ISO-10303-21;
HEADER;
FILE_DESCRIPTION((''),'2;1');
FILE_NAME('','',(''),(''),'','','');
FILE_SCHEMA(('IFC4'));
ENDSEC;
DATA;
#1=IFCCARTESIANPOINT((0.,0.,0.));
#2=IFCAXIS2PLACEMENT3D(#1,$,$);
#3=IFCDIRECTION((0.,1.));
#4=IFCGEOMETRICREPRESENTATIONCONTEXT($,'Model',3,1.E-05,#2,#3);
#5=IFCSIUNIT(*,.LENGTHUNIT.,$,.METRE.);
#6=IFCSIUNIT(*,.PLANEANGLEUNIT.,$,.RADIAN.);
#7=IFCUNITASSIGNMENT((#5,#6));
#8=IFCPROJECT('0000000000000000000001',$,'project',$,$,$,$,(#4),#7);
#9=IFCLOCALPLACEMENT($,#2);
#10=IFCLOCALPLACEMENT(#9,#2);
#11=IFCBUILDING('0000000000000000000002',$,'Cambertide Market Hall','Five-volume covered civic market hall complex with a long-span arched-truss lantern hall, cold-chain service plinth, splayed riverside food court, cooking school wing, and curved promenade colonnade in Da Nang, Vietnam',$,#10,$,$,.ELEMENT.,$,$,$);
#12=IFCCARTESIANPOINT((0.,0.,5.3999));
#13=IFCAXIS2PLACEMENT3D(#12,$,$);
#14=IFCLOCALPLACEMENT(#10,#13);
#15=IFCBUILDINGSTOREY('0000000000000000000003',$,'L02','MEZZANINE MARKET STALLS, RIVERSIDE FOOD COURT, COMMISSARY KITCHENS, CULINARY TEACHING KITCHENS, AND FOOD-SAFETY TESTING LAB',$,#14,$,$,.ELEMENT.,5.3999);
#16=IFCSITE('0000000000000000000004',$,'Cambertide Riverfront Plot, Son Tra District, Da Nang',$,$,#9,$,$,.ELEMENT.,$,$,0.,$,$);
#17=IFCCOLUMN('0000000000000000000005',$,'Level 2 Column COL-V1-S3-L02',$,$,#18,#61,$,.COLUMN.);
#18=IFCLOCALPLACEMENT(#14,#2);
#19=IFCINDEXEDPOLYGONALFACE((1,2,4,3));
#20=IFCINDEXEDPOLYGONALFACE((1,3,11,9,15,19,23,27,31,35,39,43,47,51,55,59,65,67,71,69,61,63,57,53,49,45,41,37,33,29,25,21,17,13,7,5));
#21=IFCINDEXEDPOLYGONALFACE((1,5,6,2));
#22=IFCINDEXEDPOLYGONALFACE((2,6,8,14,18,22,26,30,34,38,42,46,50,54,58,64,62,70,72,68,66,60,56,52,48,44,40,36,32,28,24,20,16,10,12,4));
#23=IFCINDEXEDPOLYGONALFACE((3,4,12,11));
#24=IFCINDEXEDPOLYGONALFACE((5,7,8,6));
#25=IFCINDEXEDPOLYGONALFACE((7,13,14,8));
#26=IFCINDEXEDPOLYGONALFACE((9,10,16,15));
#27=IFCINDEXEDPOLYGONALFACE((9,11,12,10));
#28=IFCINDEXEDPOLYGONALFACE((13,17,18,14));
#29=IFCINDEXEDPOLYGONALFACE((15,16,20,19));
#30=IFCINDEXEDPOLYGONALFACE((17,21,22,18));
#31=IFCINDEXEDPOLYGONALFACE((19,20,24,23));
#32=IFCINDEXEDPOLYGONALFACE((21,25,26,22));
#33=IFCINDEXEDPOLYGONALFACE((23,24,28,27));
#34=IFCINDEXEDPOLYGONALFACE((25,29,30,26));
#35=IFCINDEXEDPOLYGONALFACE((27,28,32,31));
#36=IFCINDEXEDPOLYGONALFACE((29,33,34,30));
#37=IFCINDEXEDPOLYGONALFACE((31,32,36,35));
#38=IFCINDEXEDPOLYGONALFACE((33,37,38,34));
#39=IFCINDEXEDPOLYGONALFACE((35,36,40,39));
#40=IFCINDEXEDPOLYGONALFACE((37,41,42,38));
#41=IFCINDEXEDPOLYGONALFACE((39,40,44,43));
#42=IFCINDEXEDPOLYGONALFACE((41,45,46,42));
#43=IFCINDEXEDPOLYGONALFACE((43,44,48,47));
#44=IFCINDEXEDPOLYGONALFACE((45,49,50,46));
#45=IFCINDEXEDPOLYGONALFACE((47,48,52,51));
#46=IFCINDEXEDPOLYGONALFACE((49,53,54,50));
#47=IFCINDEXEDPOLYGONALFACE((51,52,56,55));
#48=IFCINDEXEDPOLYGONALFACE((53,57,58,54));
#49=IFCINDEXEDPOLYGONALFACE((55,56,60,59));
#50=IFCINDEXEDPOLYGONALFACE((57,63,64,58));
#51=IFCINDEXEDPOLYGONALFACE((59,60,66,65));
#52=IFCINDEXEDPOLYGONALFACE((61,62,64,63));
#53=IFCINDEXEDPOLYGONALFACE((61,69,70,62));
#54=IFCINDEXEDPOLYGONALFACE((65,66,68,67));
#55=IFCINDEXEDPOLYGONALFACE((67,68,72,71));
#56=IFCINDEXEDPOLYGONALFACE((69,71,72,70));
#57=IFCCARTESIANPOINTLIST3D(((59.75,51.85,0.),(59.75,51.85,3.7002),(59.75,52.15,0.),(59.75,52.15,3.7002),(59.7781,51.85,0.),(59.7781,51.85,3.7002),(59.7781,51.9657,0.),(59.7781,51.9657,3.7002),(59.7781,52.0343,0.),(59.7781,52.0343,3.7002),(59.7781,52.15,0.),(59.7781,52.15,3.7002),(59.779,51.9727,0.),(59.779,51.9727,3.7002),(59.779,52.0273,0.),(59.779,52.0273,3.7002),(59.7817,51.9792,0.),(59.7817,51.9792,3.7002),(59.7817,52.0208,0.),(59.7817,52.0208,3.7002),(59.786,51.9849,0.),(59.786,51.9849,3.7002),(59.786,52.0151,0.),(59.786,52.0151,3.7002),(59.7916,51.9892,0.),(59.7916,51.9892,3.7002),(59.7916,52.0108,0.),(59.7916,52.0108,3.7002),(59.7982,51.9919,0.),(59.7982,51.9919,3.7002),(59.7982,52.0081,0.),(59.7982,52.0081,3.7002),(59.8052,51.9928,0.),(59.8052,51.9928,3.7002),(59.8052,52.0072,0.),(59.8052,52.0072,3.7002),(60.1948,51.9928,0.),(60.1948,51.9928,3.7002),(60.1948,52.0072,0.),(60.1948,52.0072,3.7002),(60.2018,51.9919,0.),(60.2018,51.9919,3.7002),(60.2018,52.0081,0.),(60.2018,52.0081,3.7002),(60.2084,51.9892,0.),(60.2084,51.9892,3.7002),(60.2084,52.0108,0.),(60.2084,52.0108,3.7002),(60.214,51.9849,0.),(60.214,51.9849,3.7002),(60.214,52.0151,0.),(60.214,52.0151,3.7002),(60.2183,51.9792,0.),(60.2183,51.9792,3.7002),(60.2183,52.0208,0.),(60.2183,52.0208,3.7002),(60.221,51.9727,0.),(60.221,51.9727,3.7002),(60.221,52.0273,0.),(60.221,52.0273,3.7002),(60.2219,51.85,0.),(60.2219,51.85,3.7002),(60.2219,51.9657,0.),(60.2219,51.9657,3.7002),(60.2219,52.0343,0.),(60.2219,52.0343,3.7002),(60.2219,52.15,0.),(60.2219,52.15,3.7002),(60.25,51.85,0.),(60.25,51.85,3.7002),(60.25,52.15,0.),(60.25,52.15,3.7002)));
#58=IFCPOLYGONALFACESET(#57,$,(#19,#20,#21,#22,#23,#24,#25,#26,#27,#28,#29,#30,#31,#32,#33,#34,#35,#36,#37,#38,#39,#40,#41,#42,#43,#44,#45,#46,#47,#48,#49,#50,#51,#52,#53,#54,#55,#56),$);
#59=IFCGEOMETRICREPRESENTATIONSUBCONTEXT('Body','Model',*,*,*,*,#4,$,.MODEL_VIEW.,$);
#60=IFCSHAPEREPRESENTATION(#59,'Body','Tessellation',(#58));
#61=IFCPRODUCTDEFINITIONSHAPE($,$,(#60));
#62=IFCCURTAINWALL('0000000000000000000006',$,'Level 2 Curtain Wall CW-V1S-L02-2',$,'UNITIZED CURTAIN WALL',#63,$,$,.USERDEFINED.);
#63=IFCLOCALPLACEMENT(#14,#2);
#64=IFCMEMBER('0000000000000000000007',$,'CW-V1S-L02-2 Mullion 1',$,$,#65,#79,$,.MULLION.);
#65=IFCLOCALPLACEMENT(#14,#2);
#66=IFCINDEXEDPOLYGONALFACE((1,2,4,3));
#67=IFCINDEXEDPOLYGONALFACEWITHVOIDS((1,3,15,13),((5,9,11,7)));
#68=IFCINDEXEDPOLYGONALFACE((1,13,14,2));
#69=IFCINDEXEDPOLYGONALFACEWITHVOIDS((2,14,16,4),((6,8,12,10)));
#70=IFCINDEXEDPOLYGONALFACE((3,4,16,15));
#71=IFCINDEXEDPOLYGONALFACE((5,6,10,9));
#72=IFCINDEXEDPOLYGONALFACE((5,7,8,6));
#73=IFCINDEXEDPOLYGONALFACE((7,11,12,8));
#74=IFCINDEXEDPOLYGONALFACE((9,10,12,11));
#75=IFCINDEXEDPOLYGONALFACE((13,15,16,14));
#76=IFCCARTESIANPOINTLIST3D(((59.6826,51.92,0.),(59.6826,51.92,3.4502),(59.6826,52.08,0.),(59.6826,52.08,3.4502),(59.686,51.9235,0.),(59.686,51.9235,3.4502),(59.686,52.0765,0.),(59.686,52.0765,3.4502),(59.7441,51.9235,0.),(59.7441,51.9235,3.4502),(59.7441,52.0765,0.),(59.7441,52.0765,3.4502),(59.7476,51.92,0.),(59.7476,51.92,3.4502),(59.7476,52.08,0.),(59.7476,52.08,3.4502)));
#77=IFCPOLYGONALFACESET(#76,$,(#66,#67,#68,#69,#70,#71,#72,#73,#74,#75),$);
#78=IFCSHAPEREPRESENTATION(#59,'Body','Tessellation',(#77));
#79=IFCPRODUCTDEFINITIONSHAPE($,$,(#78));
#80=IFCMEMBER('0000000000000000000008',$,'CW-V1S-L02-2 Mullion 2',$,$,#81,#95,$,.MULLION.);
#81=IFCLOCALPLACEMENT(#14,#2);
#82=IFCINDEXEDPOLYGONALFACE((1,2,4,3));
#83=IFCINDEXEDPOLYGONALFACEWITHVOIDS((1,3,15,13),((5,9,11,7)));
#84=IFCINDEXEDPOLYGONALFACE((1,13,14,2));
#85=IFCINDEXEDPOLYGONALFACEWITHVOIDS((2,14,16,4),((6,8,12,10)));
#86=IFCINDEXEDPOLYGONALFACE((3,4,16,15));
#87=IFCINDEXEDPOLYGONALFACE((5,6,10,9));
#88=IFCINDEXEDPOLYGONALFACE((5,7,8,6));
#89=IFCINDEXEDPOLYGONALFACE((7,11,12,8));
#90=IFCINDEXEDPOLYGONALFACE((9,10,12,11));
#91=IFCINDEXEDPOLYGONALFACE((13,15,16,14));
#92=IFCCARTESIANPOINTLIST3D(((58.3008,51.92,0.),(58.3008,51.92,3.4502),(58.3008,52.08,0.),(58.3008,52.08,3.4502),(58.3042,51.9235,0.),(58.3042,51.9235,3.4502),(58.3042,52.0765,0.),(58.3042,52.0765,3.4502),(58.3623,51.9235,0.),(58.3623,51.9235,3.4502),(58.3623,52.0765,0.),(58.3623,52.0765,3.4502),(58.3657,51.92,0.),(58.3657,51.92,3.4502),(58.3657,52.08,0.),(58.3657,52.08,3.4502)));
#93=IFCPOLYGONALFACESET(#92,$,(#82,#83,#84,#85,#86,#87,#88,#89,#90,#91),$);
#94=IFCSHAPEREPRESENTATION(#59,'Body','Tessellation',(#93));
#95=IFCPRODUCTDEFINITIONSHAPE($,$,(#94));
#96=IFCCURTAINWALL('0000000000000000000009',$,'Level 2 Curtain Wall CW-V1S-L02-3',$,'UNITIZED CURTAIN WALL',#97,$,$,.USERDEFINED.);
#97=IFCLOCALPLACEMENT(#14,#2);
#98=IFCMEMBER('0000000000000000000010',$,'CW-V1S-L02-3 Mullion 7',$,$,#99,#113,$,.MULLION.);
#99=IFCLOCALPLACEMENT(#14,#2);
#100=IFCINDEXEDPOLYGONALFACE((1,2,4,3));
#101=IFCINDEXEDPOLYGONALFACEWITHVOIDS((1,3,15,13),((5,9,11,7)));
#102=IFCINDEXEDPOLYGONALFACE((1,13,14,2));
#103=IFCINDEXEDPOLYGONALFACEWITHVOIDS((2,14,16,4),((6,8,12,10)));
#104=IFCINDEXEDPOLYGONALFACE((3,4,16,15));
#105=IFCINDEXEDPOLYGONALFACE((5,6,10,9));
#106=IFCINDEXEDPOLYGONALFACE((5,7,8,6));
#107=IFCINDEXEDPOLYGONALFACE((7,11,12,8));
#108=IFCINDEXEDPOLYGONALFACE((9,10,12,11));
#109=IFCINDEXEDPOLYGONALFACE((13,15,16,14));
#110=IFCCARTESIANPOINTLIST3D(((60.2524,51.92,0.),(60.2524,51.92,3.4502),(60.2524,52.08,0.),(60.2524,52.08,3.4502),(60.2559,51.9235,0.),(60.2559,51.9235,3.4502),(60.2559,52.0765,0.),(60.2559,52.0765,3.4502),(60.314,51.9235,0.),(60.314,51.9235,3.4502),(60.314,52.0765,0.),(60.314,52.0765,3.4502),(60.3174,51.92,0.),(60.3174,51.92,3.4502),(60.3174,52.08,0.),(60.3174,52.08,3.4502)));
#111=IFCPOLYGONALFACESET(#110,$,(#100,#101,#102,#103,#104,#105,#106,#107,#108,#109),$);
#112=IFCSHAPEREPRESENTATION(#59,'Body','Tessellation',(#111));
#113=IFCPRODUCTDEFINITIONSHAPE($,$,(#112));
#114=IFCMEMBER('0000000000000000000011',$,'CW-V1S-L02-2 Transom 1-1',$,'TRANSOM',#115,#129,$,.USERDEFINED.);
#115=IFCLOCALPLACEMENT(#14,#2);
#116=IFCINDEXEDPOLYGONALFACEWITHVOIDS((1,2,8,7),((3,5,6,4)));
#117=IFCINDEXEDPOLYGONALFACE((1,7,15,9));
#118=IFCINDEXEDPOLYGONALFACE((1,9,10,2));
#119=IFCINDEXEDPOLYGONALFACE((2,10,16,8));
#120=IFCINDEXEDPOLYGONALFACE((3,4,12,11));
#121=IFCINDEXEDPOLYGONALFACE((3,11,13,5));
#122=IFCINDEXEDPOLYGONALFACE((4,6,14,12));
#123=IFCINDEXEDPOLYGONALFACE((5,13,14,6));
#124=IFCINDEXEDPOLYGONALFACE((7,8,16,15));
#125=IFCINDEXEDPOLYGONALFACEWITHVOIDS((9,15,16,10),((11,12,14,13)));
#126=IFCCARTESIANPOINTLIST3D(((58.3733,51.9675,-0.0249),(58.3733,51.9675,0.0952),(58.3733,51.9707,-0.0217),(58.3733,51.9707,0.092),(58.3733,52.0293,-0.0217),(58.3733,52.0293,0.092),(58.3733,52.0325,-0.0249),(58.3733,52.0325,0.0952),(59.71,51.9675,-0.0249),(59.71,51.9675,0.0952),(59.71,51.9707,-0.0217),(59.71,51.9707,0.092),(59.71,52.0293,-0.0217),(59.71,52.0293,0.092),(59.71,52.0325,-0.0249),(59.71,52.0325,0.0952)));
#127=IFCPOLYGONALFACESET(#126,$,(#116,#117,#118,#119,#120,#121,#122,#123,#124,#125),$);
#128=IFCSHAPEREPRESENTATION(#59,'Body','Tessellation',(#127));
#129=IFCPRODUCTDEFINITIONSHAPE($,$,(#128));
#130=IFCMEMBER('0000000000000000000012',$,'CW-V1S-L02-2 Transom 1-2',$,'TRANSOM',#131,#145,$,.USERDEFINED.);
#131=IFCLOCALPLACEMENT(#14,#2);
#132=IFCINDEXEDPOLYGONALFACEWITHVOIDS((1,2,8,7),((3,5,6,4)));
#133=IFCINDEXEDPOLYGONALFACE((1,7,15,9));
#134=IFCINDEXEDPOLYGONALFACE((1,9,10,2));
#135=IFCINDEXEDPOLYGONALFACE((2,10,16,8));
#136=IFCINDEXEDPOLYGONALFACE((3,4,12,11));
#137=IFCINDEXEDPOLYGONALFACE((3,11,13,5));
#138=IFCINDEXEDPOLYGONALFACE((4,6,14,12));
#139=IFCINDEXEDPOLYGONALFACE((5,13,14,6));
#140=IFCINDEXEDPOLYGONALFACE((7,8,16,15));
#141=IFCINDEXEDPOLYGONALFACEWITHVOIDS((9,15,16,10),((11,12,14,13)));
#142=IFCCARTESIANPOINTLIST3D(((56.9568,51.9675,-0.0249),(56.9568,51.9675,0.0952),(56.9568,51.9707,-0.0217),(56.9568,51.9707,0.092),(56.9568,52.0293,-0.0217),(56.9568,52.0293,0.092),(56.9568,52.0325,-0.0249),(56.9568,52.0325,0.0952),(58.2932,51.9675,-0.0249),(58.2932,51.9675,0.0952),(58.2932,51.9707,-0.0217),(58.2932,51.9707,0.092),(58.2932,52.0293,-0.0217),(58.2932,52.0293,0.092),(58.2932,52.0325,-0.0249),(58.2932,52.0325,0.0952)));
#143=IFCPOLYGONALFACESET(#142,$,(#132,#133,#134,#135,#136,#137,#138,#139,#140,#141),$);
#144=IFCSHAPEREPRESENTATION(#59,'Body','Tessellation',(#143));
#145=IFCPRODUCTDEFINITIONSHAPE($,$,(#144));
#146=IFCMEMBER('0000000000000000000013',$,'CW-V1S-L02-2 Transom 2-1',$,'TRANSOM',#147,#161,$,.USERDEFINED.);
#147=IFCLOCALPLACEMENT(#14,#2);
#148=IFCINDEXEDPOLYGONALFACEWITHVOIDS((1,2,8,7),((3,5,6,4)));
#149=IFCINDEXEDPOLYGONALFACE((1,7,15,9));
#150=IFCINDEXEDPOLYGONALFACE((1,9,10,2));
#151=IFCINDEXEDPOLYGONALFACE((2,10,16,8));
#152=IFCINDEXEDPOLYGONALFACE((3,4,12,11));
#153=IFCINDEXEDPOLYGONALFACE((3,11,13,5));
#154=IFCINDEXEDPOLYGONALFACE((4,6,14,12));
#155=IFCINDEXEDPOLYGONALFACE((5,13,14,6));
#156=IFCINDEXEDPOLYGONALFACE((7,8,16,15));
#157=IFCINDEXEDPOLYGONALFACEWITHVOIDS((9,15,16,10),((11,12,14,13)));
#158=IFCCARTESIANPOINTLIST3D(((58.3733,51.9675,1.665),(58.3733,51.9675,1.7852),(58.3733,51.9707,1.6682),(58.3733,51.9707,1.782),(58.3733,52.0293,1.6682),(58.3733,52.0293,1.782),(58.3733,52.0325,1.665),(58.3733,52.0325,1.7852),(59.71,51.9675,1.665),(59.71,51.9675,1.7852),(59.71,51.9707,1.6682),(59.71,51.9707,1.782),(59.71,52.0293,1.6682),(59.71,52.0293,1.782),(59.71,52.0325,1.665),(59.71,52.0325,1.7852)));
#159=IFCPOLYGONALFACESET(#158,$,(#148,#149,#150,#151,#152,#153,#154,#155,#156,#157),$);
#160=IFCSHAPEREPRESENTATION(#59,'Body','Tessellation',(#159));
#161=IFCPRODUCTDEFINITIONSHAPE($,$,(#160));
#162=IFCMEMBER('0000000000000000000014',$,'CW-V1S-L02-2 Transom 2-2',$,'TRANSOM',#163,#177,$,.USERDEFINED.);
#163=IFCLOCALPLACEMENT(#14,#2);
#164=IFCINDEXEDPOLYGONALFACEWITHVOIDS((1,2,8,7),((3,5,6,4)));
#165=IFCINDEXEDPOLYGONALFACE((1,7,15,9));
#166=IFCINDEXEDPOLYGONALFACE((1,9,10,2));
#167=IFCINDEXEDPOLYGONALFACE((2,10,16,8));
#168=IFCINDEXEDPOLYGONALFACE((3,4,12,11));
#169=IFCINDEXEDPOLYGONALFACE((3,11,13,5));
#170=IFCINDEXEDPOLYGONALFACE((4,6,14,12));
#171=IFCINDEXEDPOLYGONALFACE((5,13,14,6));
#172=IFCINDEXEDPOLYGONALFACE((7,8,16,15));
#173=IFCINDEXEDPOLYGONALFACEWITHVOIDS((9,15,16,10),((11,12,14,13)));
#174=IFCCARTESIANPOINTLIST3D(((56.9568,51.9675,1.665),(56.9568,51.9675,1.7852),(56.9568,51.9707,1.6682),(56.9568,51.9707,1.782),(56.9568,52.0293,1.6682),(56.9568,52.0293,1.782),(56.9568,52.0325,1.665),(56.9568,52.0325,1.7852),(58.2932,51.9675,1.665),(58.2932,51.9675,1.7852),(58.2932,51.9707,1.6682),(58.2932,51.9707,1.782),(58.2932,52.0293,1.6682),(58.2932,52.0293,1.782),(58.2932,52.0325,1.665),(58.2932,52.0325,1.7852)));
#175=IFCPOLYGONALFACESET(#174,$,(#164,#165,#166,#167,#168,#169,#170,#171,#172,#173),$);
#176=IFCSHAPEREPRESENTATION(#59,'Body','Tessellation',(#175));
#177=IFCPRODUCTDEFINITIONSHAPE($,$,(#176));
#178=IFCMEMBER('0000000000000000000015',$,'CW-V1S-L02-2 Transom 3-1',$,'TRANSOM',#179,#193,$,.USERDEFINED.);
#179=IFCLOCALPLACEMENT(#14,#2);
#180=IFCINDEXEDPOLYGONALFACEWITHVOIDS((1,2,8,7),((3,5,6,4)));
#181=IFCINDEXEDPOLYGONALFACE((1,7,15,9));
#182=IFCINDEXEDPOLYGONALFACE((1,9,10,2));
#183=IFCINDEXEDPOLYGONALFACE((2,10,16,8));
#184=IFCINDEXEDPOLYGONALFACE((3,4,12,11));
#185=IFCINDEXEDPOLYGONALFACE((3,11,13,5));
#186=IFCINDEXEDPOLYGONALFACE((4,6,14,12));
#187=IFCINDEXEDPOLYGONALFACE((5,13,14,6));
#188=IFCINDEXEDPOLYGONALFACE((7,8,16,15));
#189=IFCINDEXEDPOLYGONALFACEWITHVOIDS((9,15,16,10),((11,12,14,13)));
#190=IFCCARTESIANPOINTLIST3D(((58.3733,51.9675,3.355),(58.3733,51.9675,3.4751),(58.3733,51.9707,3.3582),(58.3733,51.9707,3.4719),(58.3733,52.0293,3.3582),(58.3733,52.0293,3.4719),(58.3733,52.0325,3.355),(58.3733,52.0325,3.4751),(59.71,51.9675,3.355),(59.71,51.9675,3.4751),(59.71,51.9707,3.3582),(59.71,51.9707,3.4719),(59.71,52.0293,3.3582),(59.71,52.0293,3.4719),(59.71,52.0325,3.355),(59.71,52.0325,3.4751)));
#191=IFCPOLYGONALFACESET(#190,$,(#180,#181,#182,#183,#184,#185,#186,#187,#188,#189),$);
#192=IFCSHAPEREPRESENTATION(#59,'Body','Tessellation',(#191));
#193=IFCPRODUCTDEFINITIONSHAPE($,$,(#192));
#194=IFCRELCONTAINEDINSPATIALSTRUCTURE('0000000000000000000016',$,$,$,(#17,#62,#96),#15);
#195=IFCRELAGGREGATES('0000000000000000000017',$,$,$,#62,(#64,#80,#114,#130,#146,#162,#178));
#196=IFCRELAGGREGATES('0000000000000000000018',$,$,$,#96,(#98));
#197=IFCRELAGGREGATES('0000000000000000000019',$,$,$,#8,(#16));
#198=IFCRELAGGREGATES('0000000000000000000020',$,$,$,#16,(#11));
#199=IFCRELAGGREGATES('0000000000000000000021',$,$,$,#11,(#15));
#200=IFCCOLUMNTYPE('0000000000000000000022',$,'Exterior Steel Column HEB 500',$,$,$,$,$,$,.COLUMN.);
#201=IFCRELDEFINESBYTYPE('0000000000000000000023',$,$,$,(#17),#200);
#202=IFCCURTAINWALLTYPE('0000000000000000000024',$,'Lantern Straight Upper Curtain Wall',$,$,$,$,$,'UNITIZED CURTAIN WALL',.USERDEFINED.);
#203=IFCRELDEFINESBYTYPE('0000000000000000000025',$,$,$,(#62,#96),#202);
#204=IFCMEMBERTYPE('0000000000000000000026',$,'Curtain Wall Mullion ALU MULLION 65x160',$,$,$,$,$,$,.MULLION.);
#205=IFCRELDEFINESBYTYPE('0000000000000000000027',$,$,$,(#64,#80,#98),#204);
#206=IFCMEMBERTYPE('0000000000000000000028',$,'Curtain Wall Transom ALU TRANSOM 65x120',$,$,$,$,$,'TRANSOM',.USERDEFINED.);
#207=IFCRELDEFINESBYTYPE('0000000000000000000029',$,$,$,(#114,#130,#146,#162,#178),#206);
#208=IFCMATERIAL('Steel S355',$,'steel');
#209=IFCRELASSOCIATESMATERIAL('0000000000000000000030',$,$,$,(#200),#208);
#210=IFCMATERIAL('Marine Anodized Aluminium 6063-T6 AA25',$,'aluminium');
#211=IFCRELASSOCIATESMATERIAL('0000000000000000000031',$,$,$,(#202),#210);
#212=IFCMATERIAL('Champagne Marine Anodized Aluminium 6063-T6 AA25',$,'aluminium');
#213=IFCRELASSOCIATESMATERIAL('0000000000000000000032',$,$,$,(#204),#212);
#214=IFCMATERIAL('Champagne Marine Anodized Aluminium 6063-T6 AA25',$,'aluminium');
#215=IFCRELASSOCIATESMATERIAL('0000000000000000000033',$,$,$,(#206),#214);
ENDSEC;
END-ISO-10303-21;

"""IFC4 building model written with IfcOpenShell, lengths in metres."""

from ifc_helpers import new_model, si_unit, direction, frame, origin, origin_2d, place, context, subcontext, project, spatial, hollow_rectangle, i_section, extrude, material, material_profile, profile_set, type_object, element, aggregate, save


model = new_model("IFC4")

# Units and contexts
model_context = context("Model", 3, precision=1e-05, world=origin(), true_north=direction((0.0, 1.0)))
body_context = subcontext(model_context, "Body", "Model", "MODEL_VIEW")
ifc_project = project(units=[si_unit("LENGTHUNIT", "METRE"), si_unit("PLANEANGLEUNIT", "RADIAN")], contexts=[model_context])

# Site, building, storey
site_placement = place(None, origin())
site = spatial("IfcSite", under=ifc_project, at=site_placement, Name="Cambertide Riverfront Plot, Son Tra District, Da Nang", CompositionType="ELEMENT", RefElevation=0.0)
building_placement = place(site_placement, origin())
building = spatial("IfcBuilding", under=site, at=building_placement, Name="Cambertide Market Hall", Description="Five-volume covered civic market hall complex with a long-span arched-truss lantern hall, cold-chain service plinth, splayed riverside food court, cooking school wing, and curved promenade colonnade in Da Nang, Vietnam", CompositionType="ELEMENT")
storey_placement = place(building_placement, frame((0.0, 0.0, 5.3999)))
storey = spatial("IfcBuildingStorey", under=building, at=storey_placement, Name="L02", Description="MEZZANINE MARKET STALLS, RIVERSIDE FOOD COURT, COMMISSARY KITCHENS, CULINARY TEACHING KITCHENS, AND FOOD-SAFETY TESTING LAB", CompositionType="ELEMENT", Elevation=5.3999)

# Column
ifc_material_1 = material(Name="Steel S355", Category="steel")
ifc_material_profile_1 = material_profile(ifc_material_1, i_section(OverallWidth=0.3, OverallDepth=0.5, WebThickness=0.0144, FlangeThickness=0.0281, FilletRadius=0.0271, at=origin_2d()), Name="HEB 500")
ifc_profile_set_1 = profile_set([ifc_material_profile_1], Name="Steel S355")
column_type = type_object("IfcColumnType", Name="Exterior Steel Column HEB 500", PredefinedType="COLUMN", material=ifc_profile_set_1)
column_placement = place(storey_placement, frame((60.0, 52.0, 0.0), z_axis=(0.0, 0.0, 1.0), x_axis=(0.0, 1.0, 0.0)))
element("IfcColumn", 1, at=column_placement, inside=storey, type_object=column_type, Name="Level 2 Column COL-V1-S3-L02", PredefinedType="COLUMN", context=body_context, shape_type="SweptSolid", body=[
    extrude(i_section(OverallWidth=0.3, OverallDepth=0.5, WebThickness=0.0144, FlangeThickness=0.0281, FilletRadius=0.0271, at=origin_2d()), origin(), (0.0, 0.0, 1.0), 3.7002),
])

# Curtain wall, members
ifc_material_2 = material(Name="Marine Anodized Aluminium 6063-T6 AA25", Category="aluminium")
curtain_wall_type = type_object("IfcCurtainWallType", Name="Lantern Straight Upper Curtain Wall", ElementType="UNITIZED CURTAIN WALL", PredefinedType="USERDEFINED", material=ifc_material_2)
curtain_wall_1_placement = place(storey_placement, origin())
curtain_wall_1 = element("IfcCurtainWall", 2, at=curtain_wall_1_placement, inside=storey, type_object=curtain_wall_type, Name="Level 2 Curtain Wall CW-V1S-L02-2", ObjectType="UNITIZED CURTAIN WALL", PredefinedType="USERDEFINED")
ifc_material_3 = material(Name="Champagne Marine Anodized Aluminium 6063-T6 AA25", Category="aluminium")
ifc_material_profile_2 = material_profile(ifc_material_3, hollow_rectangle(XDim=0.0649, YDim=0.1599, WallThickness=0.0034, at=origin_2d()), Name="ALU MULLION 65x160")
ifc_profile_set_2 = profile_set([ifc_material_profile_2], Name="Champagne Marine Anodized Aluminium 6063-T6 AA25")
member_type_1 = type_object("IfcMemberType", Name="Curtain Wall Mullion ALU MULLION 65x160", PredefinedType="MULLION", material=ifc_profile_set_2)
member_1_placement = place(storey_placement, frame((59.7151, 52.0, 0.0), z_axis=(0.0, 0.0, 1.0), x_axis=(-1.0, 0.0, 0.0)))
member_1 = element("IfcMember", 3, at=member_1_placement, type_object=member_type_1, Name="CW-V1S-L02-2 Mullion 1", PredefinedType="MULLION", context=body_context, shape_type="SweptSolid", body=[
    extrude(hollow_rectangle(XDim=0.0649, YDim=0.1599, WallThickness=0.0034, at=origin_2d()), origin(), (0.0, 0.0, 1.0), 3.4502),
])
member_2_placement = place(storey_placement, frame((58.3333, 52.0, 0.0), z_axis=(0.0, 0.0, 1.0), x_axis=(-1.0, 0.0, 0.0)))
member_2 = element("IfcMember", 4, at=member_2_placement, type_object=member_type_1, Name="CW-V1S-L02-2 Mullion 2", PredefinedType="MULLION", context=body_context, shape_type="SweptSolid", body=[
    extrude(hollow_rectangle(XDim=0.0649, YDim=0.1599, WallThickness=0.0034, at=origin_2d()), origin(), (0.0, 0.0, 1.0), 3.4502),
])

# Curtain wall, member
curtain_wall_2_placement = place(storey_placement, origin())
curtain_wall_2 = element("IfcCurtainWall", 5, at=curtain_wall_2_placement, inside=storey, type_object=curtain_wall_type, Name="Level 2 Curtain Wall CW-V1S-L02-3", ObjectType="UNITIZED CURTAIN WALL", PredefinedType="USERDEFINED")
member_3_placement = place(storey_placement, frame((60.2849, 52.0, 0.0), z_axis=(0.0, 0.0, 1.0), x_axis=(-1.0, 0.0, 0.0)))
member_3 = element("IfcMember", 6, at=member_3_placement, type_object=member_type_1, Name="CW-V1S-L02-3 Mullion 7", PredefinedType="MULLION", context=body_context, shape_type="SweptSolid", body=[
    extrude(hollow_rectangle(XDim=0.0649, YDim=0.1599, WallThickness=0.0034, at=origin_2d()), origin(), (0.0, 0.0, 1.0), 3.4502),
])

# Members
ifc_material_4 = material(Name="Champagne Marine Anodized Aluminium 6063-T6 AA25", Category="aluminium")
ifc_material_profile_3 = material_profile(ifc_material_4, hollow_rectangle(XDim=0.0649, YDim=0.1201, WallThickness=0.0032, at=origin_2d()), Name="ALU TRANSOM 65x120")
ifc_profile_set_3 = profile_set([ifc_material_profile_3], Name="Champagne Marine Anodized Aluminium 6063-T6 AA25")
member_type_2 = type_object("IfcMemberType", Name="Curtain Wall Transom ALU TRANSOM 65x120", ElementType="TRANSOM", PredefinedType="USERDEFINED", material=ifc_profile_set_3)
member_4_placement = place(storey_placement, frame((59.71, 52.0, 0.0352), z_axis=(-1.0, 0.0, 0.0), x_axis=(0.0, -1.0, 0.0)))
member_4 = element("IfcMember", 7, at=member_4_placement, type_object=member_type_2, Name="CW-V1S-L02-2 Transom 1-1", ObjectType="TRANSOM", PredefinedType="USERDEFINED", context=body_context, shape_type="SweptSolid", body=[
    extrude(hollow_rectangle(XDim=0.0649, YDim=0.1201, WallThickness=0.0032, at=origin_2d()), origin(), (0.0, 0.0, 1.0), 1.3367),
])
member_5_placement = place(storey_placement, frame((58.2932, 52.0, 0.0352), z_axis=(-1.0, 0.0, 0.0), x_axis=(0.0, -1.0, 0.0)))
member_5 = element("IfcMember", 8, at=member_5_placement, type_object=member_type_2, Name="CW-V1S-L02-2 Transom 1-2", ObjectType="TRANSOM", PredefinedType="USERDEFINED", context=body_context, shape_type="SweptSolid", body=[
    extrude(hollow_rectangle(XDim=0.0649, YDim=0.1201, WallThickness=0.0032, at=origin_2d()), origin(), (0.0, 0.0, 1.0), 1.3364),
])
member_6_placement = place(storey_placement, frame((59.71, 52.0, 1.7251), z_axis=(-1.0, 0.0, 0.0), x_axis=(0.0, -1.0, 0.0)))
member_6 = element("IfcMember", 9, at=member_6_placement, type_object=member_type_2, Name="CW-V1S-L02-2 Transom 2-1", ObjectType="TRANSOM", PredefinedType="USERDEFINED", context=body_context, shape_type="SweptSolid", body=[
    extrude(hollow_rectangle(XDim=0.0649, YDim=0.1201, WallThickness=0.0032, at=origin_2d()), origin(), (0.0, 0.0, 1.0), 1.3367),
])
member_7_placement = place(storey_placement, frame((58.2932, 52.0, 1.7251), z_axis=(-1.0, 0.0, 0.0), x_axis=(0.0, -1.0, 0.0)))
member_7 = element("IfcMember", 10, at=member_7_placement, type_object=member_type_2, Name="CW-V1S-L02-2 Transom 2-2", ObjectType="TRANSOM", PredefinedType="USERDEFINED", context=body_context, shape_type="SweptSolid", body=[
    extrude(hollow_rectangle(XDim=0.0649, YDim=0.1201, WallThickness=0.0032, at=origin_2d()), origin(), (0.0, 0.0, 1.0), 1.3364),
])
member_8_placement = place(storey_placement, frame((59.71, 52.0, 3.415), z_axis=(-1.0, 0.0, 0.0), x_axis=(0.0, -1.0, 0.0)))
member_8 = element("IfcMember", 11, at=member_8_placement, type_object=member_type_2, Name="CW-V1S-L02-2 Transom 3-1", ObjectType="TRANSOM", PredefinedType="USERDEFINED", context=body_context, shape_type="SweptSolid", body=[
    extrude(hollow_rectangle(XDim=0.0649, YDim=0.1201, WallThickness=0.0032, at=origin_2d()), origin(), (0.0, 0.0, 1.0), 1.3367),
])

aggregate(curtain_wall_1, [member_1, member_2, member_4, member_5, member_6, member_7, member_8])
aggregate(curtain_wall_2, [member_3])

save(model, "model.ifc")
